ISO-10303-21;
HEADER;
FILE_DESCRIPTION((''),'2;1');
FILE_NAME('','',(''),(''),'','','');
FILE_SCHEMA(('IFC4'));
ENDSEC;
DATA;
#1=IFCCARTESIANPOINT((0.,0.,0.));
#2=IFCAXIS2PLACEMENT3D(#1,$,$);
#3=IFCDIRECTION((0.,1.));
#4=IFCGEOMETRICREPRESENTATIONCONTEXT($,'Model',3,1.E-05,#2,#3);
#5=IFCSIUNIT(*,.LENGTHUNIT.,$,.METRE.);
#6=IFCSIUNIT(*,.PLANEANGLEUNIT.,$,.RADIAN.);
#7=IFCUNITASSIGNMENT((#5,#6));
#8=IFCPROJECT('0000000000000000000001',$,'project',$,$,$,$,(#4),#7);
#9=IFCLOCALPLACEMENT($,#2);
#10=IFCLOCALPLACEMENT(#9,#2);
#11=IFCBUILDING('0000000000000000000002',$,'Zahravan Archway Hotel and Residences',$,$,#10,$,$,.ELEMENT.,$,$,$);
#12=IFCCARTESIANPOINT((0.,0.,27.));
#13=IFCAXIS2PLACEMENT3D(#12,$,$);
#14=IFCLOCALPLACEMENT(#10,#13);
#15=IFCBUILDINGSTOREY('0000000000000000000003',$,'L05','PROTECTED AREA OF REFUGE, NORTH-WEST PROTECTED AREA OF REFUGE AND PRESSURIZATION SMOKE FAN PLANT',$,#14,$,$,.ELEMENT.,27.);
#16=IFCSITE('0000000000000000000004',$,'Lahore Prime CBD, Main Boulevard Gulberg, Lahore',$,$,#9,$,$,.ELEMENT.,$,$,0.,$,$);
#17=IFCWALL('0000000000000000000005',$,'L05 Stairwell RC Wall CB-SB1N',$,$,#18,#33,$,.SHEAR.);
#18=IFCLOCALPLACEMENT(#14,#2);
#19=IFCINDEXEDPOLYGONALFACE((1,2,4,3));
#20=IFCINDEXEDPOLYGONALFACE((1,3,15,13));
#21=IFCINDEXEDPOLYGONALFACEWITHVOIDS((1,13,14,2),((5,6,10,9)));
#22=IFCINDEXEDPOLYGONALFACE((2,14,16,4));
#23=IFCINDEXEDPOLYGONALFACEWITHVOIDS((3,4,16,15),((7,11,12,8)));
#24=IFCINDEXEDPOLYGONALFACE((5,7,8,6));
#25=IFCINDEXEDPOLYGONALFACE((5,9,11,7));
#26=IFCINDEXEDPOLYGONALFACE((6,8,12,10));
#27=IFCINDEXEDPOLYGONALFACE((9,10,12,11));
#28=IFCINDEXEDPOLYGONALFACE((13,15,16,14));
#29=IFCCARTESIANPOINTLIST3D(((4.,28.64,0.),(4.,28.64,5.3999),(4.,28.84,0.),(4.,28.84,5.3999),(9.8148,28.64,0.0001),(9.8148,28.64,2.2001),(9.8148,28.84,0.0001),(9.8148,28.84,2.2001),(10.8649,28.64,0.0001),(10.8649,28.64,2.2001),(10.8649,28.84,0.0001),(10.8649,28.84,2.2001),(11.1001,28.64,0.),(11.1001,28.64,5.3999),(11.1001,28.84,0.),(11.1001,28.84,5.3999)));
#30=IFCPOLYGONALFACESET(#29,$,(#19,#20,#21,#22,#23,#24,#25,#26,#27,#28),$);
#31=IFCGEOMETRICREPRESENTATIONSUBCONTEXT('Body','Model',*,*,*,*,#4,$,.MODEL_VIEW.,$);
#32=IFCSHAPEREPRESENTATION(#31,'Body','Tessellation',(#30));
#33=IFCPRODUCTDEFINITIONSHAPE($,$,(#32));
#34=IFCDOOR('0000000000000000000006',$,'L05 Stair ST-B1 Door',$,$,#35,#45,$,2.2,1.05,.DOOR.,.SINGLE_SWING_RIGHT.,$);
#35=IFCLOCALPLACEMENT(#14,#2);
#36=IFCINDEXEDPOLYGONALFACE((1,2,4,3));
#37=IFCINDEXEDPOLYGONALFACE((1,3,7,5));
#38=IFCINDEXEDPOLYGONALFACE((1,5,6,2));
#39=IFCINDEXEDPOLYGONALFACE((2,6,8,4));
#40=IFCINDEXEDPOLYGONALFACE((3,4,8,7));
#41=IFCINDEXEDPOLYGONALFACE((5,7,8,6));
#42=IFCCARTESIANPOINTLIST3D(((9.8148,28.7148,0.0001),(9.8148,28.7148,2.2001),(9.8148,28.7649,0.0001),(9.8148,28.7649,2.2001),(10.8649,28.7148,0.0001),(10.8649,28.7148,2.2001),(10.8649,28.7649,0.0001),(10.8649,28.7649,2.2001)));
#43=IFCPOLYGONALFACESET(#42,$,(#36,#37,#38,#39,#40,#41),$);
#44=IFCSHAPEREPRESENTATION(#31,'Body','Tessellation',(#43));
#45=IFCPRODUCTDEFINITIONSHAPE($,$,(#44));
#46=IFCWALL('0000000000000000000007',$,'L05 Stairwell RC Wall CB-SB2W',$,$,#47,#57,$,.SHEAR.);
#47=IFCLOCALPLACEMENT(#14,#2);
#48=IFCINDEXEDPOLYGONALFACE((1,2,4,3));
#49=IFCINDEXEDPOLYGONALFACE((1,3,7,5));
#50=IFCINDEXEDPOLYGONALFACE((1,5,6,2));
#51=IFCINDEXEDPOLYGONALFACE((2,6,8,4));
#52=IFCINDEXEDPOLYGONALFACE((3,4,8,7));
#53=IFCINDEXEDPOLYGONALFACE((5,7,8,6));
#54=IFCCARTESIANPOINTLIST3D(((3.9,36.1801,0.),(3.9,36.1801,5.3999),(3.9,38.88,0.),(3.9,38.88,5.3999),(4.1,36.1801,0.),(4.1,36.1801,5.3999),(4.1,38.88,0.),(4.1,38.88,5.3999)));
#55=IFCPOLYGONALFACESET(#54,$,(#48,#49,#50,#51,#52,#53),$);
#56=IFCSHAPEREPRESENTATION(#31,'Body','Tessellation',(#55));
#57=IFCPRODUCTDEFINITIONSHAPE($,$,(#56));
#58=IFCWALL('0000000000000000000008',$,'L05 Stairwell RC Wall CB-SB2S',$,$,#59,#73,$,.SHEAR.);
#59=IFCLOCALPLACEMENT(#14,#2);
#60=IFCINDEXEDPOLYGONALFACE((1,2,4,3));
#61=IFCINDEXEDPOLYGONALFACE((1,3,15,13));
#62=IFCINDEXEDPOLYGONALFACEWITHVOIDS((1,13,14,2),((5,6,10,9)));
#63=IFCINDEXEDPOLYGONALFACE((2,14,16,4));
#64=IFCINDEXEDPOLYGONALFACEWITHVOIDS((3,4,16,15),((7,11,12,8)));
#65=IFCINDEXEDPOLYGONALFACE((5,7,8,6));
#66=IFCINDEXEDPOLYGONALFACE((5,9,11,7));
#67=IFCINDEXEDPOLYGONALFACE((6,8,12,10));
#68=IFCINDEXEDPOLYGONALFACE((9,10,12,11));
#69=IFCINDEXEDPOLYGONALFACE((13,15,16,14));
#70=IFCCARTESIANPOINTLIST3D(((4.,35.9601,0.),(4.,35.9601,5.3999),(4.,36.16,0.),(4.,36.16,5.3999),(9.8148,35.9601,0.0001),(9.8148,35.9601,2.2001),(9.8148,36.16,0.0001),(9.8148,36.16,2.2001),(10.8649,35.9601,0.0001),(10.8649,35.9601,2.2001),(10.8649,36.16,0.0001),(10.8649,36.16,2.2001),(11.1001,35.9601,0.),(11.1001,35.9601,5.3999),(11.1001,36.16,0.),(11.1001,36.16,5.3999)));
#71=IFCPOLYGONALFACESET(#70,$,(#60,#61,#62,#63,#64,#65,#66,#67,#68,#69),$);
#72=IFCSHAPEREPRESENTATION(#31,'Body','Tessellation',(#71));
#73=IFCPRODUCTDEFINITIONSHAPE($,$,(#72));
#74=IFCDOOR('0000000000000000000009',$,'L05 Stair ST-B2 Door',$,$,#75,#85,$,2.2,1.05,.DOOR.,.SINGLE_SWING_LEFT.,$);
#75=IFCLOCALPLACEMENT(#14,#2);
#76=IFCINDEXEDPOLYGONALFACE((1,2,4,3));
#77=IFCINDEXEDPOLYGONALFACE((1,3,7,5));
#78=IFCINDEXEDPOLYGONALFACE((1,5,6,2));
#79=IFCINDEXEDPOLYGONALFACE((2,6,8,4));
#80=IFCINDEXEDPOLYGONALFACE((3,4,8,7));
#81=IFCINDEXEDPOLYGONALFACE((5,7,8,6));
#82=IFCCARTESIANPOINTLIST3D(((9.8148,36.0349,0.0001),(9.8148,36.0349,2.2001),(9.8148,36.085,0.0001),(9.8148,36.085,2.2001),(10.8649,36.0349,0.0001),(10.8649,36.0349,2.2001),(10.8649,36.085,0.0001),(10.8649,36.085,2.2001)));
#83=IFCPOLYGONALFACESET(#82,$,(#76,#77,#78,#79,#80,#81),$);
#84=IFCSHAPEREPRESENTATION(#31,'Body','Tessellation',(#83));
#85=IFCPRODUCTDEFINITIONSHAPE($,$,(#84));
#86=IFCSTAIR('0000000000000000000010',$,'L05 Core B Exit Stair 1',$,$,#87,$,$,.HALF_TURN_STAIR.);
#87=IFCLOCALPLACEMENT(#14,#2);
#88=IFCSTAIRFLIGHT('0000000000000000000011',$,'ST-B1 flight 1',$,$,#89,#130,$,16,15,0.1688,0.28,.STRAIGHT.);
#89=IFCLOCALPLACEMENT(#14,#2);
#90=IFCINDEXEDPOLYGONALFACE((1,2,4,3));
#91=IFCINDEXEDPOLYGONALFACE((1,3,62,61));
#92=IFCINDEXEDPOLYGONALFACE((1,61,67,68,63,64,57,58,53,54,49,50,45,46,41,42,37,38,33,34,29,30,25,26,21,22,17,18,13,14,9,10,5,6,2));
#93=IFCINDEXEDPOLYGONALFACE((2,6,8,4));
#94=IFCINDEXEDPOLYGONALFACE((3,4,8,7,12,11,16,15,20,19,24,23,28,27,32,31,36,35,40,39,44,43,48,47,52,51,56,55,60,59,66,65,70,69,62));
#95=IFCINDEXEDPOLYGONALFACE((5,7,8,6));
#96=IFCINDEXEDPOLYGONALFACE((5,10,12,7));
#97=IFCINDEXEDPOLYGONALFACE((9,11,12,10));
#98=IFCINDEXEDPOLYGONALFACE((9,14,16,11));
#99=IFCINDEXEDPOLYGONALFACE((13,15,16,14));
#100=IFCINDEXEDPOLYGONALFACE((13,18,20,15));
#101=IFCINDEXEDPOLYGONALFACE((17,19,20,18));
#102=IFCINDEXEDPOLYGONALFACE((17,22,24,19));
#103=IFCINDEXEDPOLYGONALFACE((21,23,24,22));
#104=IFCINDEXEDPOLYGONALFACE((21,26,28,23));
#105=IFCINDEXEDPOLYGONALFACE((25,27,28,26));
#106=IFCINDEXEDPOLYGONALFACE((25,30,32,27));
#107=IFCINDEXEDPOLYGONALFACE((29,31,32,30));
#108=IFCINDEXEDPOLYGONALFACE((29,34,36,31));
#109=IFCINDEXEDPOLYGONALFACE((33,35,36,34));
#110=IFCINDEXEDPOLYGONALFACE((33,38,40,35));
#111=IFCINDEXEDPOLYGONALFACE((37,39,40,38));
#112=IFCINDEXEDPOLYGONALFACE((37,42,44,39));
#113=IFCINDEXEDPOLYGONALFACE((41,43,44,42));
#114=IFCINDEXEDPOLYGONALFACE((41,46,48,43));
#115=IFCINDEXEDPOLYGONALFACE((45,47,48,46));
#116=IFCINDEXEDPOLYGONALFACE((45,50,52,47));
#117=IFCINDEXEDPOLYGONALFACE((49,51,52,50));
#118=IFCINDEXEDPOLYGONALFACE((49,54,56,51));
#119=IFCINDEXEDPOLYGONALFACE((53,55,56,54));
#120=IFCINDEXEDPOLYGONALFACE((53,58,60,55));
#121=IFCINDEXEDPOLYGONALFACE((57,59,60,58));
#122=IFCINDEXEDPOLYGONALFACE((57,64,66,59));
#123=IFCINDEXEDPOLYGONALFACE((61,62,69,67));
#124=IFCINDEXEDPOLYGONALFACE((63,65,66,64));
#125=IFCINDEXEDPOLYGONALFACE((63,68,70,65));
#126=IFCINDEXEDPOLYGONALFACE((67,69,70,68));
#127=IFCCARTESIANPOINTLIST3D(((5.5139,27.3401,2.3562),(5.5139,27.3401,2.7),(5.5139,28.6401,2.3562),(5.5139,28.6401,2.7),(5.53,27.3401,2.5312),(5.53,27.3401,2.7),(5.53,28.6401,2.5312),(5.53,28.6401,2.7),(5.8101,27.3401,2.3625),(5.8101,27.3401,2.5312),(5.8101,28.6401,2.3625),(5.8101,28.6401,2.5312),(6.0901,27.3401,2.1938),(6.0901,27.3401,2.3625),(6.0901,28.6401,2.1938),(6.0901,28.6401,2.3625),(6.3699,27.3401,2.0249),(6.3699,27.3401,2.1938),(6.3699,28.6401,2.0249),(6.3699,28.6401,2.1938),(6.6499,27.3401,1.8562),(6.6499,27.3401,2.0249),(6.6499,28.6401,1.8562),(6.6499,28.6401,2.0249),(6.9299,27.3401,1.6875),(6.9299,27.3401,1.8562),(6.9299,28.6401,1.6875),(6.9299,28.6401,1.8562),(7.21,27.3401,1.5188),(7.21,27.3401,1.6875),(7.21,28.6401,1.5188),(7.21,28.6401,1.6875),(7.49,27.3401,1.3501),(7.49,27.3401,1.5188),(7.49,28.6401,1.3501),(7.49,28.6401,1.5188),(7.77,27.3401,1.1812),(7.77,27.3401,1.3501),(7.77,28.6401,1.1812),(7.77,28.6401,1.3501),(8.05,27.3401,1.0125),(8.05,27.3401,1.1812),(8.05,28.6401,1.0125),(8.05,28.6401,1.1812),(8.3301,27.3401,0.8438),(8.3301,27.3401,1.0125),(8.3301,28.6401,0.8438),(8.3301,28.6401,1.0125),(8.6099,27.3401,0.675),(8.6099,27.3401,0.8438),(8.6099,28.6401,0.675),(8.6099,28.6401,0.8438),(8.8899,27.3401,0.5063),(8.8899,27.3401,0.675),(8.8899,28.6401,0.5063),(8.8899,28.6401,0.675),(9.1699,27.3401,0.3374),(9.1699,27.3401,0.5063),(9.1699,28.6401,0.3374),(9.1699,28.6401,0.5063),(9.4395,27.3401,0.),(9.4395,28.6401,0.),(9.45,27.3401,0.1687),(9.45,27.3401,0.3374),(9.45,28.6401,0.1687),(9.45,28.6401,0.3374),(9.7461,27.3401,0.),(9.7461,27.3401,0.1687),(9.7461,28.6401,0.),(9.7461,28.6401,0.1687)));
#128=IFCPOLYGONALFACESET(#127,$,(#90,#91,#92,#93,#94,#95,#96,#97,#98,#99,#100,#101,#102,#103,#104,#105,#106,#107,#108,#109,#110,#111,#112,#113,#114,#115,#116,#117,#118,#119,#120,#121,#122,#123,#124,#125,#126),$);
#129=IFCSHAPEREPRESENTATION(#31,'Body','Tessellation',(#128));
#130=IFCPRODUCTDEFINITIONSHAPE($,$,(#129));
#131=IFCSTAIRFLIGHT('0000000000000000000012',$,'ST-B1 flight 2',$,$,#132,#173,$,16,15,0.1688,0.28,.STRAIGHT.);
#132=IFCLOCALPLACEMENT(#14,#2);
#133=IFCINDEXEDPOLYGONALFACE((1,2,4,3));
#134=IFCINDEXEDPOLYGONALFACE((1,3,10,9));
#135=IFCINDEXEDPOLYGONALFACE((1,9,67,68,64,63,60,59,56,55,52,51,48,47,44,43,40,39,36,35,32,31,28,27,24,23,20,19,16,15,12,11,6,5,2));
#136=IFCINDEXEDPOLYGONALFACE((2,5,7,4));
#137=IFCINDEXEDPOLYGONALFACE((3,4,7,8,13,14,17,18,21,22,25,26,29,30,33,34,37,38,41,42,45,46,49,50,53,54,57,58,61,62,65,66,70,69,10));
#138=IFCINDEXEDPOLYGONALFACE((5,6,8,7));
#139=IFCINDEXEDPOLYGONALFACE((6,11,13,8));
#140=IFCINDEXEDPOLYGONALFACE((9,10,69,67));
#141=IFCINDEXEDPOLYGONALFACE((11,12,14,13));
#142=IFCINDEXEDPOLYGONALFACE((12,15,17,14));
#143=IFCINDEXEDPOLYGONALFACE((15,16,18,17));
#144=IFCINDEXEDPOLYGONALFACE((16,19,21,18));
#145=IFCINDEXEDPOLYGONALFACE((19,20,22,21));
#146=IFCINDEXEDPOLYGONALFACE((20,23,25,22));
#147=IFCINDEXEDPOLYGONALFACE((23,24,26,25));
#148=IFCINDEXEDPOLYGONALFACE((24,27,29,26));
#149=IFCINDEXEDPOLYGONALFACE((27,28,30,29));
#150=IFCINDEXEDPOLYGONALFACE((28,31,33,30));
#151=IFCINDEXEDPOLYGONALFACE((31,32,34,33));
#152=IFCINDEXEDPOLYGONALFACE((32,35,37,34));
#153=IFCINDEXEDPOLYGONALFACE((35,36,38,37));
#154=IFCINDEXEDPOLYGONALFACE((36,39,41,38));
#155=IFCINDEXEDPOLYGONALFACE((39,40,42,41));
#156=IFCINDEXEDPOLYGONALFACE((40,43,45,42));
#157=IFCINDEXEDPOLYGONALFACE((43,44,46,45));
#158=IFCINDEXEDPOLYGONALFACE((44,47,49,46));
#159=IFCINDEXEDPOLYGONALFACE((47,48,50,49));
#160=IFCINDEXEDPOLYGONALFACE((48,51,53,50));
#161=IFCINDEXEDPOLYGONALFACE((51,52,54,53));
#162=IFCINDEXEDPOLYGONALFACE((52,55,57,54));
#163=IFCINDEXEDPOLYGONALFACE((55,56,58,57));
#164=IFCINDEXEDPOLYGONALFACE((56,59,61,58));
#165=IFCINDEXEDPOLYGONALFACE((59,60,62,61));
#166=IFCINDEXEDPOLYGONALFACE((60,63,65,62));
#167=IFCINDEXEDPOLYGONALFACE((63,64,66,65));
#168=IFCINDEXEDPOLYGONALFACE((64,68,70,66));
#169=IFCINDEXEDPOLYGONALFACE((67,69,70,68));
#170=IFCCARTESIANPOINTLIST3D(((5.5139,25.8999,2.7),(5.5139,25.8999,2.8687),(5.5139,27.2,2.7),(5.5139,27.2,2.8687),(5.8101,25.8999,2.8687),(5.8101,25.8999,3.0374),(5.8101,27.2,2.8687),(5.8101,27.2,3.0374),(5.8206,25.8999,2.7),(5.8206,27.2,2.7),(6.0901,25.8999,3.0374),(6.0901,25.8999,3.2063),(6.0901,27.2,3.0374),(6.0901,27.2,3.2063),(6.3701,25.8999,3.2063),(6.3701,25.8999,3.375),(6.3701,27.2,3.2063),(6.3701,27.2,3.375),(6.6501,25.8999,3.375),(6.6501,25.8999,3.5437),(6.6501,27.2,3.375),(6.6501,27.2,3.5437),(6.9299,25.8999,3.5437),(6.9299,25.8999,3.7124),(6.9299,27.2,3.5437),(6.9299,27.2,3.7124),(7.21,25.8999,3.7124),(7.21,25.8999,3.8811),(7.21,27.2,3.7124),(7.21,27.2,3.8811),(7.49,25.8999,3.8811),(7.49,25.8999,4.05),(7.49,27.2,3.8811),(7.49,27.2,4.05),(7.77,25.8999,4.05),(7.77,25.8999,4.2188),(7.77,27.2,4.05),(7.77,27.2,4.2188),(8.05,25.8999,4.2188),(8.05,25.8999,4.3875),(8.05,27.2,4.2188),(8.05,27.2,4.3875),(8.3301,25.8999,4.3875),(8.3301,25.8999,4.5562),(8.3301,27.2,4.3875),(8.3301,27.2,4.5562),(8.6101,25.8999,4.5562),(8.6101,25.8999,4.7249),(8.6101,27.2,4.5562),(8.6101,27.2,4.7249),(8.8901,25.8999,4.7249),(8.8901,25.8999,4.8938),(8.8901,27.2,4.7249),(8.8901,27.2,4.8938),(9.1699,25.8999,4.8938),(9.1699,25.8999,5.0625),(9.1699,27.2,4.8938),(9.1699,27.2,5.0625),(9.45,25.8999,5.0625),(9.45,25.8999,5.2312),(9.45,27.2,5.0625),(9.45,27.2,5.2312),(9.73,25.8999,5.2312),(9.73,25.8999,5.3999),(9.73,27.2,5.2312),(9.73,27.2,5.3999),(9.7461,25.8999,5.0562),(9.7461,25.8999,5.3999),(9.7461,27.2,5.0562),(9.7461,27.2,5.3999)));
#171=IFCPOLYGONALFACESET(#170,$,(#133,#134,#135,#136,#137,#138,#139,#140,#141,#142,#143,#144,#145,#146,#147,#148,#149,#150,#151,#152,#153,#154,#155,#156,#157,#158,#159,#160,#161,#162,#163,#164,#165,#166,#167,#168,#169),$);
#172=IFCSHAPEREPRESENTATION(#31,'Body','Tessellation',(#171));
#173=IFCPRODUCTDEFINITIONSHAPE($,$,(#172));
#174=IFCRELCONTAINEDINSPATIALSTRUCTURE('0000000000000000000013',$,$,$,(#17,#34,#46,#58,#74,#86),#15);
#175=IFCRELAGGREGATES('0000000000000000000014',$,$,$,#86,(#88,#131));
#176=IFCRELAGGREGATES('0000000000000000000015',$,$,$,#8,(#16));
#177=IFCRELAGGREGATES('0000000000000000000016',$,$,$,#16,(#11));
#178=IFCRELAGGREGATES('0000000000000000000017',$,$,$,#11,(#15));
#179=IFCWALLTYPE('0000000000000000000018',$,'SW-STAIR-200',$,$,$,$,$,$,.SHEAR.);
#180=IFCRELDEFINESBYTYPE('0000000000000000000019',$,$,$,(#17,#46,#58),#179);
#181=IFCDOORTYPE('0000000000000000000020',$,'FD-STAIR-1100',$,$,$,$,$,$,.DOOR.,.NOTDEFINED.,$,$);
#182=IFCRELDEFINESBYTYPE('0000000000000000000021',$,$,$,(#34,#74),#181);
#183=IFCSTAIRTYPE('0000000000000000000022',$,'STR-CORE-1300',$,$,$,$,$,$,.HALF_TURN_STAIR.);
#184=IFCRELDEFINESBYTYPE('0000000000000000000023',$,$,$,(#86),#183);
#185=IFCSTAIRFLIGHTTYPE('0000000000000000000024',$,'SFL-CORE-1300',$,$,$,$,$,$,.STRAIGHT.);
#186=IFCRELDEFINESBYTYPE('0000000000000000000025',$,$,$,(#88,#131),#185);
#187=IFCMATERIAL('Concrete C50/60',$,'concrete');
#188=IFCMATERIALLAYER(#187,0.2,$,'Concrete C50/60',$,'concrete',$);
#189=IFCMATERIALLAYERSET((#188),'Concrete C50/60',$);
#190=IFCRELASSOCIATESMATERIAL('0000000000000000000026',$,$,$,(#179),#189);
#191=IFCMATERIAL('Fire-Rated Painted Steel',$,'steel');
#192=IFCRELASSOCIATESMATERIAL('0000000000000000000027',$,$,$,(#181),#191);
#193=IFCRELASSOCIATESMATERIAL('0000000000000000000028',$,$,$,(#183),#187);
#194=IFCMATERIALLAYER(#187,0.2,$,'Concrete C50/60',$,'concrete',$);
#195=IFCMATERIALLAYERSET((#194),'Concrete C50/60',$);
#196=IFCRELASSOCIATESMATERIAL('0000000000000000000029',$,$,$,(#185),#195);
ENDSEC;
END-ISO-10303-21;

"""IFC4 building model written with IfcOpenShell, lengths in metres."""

from ifc_helpers import new_model, si_unit, direction, frame, frame_2d, origin, place, context, subcontext, project, spatial, polyline, rectangle, outline, extrude, source, transform, mapped, material, layer, layer_set, type_object, type_shapes, element, fill, aggregate, save


model = new_model("IFC4")

# Units and contexts
model_context = context("Model", 3, precision=1e-05, world=origin(), true_north=direction((0.0, 1.0)))
body_context = subcontext(model_context, "Body", "Model", "MODEL_VIEW")
ifc_project = project(units=[si_unit("LENGTHUNIT", "METRE"), si_unit("PLANEANGLEUNIT", "RADIAN")], contexts=[model_context])

# Site, building, storey
site_placement = place(None, origin())
site = spatial("IfcSite", under=ifc_project, at=site_placement, Name="Lahore Prime CBD, Main Boulevard Gulberg, Lahore", CompositionType="ELEMENT", RefElevation=0.0)
building_placement = place(site_placement, origin())
building = spatial("IfcBuilding", under=site, at=building_placement, Name="Zahravan Archway Hotel and Residences", CompositionType="ELEMENT")
storey_placement = place(building_placement, frame((0.0, 0.0, 27.0)))
storey = spatial("IfcBuildingStorey", under=building, at=storey_placement, Name="L05", Description="PROTECTED AREA OF REFUGE, NORTH-WEST PROTECTED AREA OF REFUGE AND PRESSURIZATION SMOKE FAN PLANT", CompositionType="ELEMENT", Elevation=27.0)

# Shared definitions
ifc_material_1 = material(Name="Fire-Rated Painted Steel", Category="steel")

# Shared definitions
ifc_material_2 = material(Name="Concrete C50/60", Category="concrete")
ifc_layer_1 = layer(ifc_material_2, 0.2, Name="Concrete C50/60", Category="concrete")
ifc_layer_set_1 = layer_set([ifc_layer_1], Name="Concrete C50/60")
wall_type_1 = type_object("IfcWallType", Name="SW-STAIR-200", PredefinedType="SHEAR", material=ifc_layer_set_1)

# Wall, opening, door
wall_1_placement = place(storey_placement, frame((4.0, 28.74, 0.0), z_axis=(0.0, 0.0, 1.0), x_axis=(1.0, 0.0, 0.0)))
wall_1 = element("IfcWall", 1, at=wall_1_placement, inside=storey, type_object=wall_type_1, Name="L05 Stairwell RC Wall CB-SB1N", PredefinedType="SHEAR", context=body_context, shape_type="SweptSolid", body=[
    extrude(rectangle(XDim=7.1001, YDim=0.2, at=frame_2d((3.55, 0.0))), origin(), (0.0, 0.0, 1.0), 5.3999),
])
opening_1_placement = place(wall_1_placement, frame((5.8149, 0.0, 0.0)))
opening_1 = element("IfcOpeningElement", 2, at=opening_1_placement, cuts=wall_1, PredefinedType="OPENING", context=body_context, shape_type="SweptSolid", body=[
    extrude(rectangle(XDim=1.05, YDim=2.2, at=frame_2d((0.5249, 1.1001))), frame((0.0, 0.1099, 0.0), z_axis=(0.0, -1.0, 0.0), x_axis=(1.0, 0.0, 0.0)), (0.0, 0.0, 1.0), 0.22),
])
door_type_1 = type_object("IfcDoorType", Name="FD-STAIR-1100", OperationType="NOTDEFINED", PredefinedType="DOOR", material=ifc_material_1)
shared_shape_1 = source(origin(), body_context, "Body", "SweptSolid", [
    extrude(rectangle(XDim=1.05, YDim=2.2, at=frame_2d((0.5249, 1.1001))), frame((0.0, 0.0249, 0.0), z_axis=(0.0, -1.0, 0.0), x_axis=(1.0, 0.0, 0.0)), (0.0, 0.0, 1.0), 0.05),
])
type_shapes(door_type_1, [shared_shape_1])
door_1_placement = place(opening_1_placement, origin())
door_1 = element("IfcDoor", 3, at=door_1_placement, inside=storey, type_object=door_type_1, Name="L05 Stair ST-B1 Door", OperationType="SINGLE_SWING_RIGHT", OverallHeight=2.2, OverallWidth=1.05, PredefinedType="DOOR", context=body_context, shape_type="MappedRepresentation", body=[
    mapped(shared_shape_1, transform((0.0, 0.0, 0.0), scale=1.0)),
])
fill(opening_1, door_1)

# Wall
wall_2_placement = place(storey_placement, frame((4.0, 36.1799, 0.0), z_axis=(0.0, 0.0, 1.0), x_axis=(0.0, 1.0, 0.0)))
element("IfcWall", 4, at=wall_2_placement, inside=storey, type_object=wall_type_1, Name="L05 Stairwell RC Wall CB-SB2W", PredefinedType="SHEAR", context=body_context, shape_type="SweptSolid", body=[
    extrude(rectangle(XDim=2.7, YDim=0.2, at=frame_2d((1.3501, 0.0))), origin(), (0.0, 0.0, 1.0), 5.3999),
])

# Wall, opening, door
wall_3_placement = place(storey_placement, frame((4.0, 36.0601, 0.0), z_axis=(0.0, 0.0, 1.0), x_axis=(1.0, 0.0, 0.0)))
wall_3 = element("IfcWall", 5, at=wall_3_placement, inside=storey, type_object=wall_type_1, Name="L05 Stairwell RC Wall CB-SB2S", PredefinedType="SHEAR", context=body_context, shape_type="SweptSolid", body=[
    extrude(rectangle(XDim=7.1001, YDim=0.2, at=frame_2d((3.55, 0.0))), origin(), (0.0, 0.0, 1.0), 5.3999),
])
opening_2_placement = place(wall_3_placement, frame((5.8149, 0.0, 0.0)))
opening_2 = element("IfcOpeningElement", 6, at=opening_2_placement, cuts=wall_3, PredefinedType="OPENING", context=body_context, shape_type="SweptSolid", body=[
    extrude(rectangle(XDim=1.05, YDim=2.2, at=frame_2d((0.5249, 1.1001))), frame((0.0, 0.1099, 0.0), z_axis=(0.0, -1.0, 0.0), x_axis=(1.0, 0.0, 0.0)), (0.0, 0.0, 1.0), 0.22),
])
door_2_placement = place(opening_2_placement, origin())
door_2 = element("IfcDoor", 7, at=door_2_placement, inside=storey, type_object=door_type_1, Name="L05 Stair ST-B2 Door", OperationType="SINGLE_SWING_LEFT", OverallHeight=2.2, OverallWidth=1.05, PredefinedType="DOOR", context=body_context, shape_type="MappedRepresentation", body=[
    mapped(shared_shape_1, transform((0.0, 0.0, 0.0), scale=1.0)),
])
fill(opening_2, door_2)

# Stair, stair flights
stair_type = type_object("IfcStairType", Name="STR-CORE-1300", PredefinedType="HALF_TURN_STAIR", material=ifc_material_2)
stair_placement = place(storey_placement, origin())
stair = element("IfcStair", 8, at=stair_placement, inside=storey, type_object=stair_type, Name="L05 Core B Exit Stair 1", PredefinedType="HALF_TURN_STAIR")
ifc_layer_2 = layer(ifc_material_2, 0.2, Name="Concrete C50/60", Category="concrete")
ifc_layer_set_2 = layer_set([ifc_layer_2], Name="Concrete C50/60")
stair_flight_type = type_object("IfcStairFlightType", Name="SFL-CORE-1300", PredefinedType="STRAIGHT", material=ifc_layer_set_2)
shared_shape_2 = source(origin(), body_context, "Body", "SweptSolid", [
    extrude(outline(polyline([(-0.0161, 0.0), (-0.0161, 0.1687), (0.28, 0.1687), (0.28, 0.3374), (0.5601, 0.3374), (0.5601, 0.5063), (0.8401, 0.5063), (0.8401, 0.675), (1.1201, 0.675), (1.1201, 0.8438), (1.3999, 0.8438), (1.3999, 1.0125), (1.6799, 1.0125), (1.6799, 1.1812), (1.96, 1.1812), (1.96, 1.3501), (2.24, 1.3501), (2.24, 1.5188), (2.52, 1.5188), (2.52, 1.6875), (2.8, 1.6875), (2.8, 1.8562), (3.0801, 1.8562), (3.0801, 2.0249), (3.3601, 2.0249), (3.3601, 2.1938), (3.6399, 2.1938), (3.6399, 2.3625), (3.9199, 2.3625), (3.9199, 2.5312), (4.2, 2.5312), (4.2, 2.7), (4.2161, 2.7), (4.2161, 2.3562), (0.2905, 0.0), (-0.0161, 0.0)])), frame((0.0, 0.6499, 0.0), z_axis=(0.0, -1.0, 0.0), x_axis=(1.0, 0.0, 0.0)), (0.0, 0.0, 1.0), 1.3),
])
stair_flight_1_placement = place(storey_placement, frame((9.73, 27.99, 0.0), z_axis=(0.0, 0.0, 1.0), x_axis=(-1.0, 0.0, 0.0)))
stair_flight_1 = element("IfcStairFlight", 9, at=stair_flight_1_placement, type_object=stair_flight_type, Name="ST-B1 flight 1", NumberOfRisers=16, NumberOfTreads=15, PredefinedType="STRAIGHT", RiserHeight=0.1688, TreadLength=0.28, context=body_context, shape_type="MappedRepresentation", body=[
    mapped(shared_shape_2, transform((0.0, 0.0, 0.0), scale=1.0)),
])
stair_flight_2_placement = place(storey_placement, frame((5.53, 26.55, 2.7), z_axis=(0.0, 0.0, 1.0), x_axis=(1.0, 0.0, 0.0)))
stair_flight_2 = element("IfcStairFlight", 10, at=stair_flight_2_placement, type_object=stair_flight_type, Name="ST-B1 flight 2", NumberOfRisers=16, NumberOfTreads=15, PredefinedType="STRAIGHT", RiserHeight=0.1688, TreadLength=0.28, context=body_context, shape_type="MappedRepresentation", body=[
    mapped(shared_shape_2, transform((0.0, 0.0, 0.0), scale=1.0)),
])
aggregate(stair, [stair_flight_1, stair_flight_2])

save(model, "model.ifc")
